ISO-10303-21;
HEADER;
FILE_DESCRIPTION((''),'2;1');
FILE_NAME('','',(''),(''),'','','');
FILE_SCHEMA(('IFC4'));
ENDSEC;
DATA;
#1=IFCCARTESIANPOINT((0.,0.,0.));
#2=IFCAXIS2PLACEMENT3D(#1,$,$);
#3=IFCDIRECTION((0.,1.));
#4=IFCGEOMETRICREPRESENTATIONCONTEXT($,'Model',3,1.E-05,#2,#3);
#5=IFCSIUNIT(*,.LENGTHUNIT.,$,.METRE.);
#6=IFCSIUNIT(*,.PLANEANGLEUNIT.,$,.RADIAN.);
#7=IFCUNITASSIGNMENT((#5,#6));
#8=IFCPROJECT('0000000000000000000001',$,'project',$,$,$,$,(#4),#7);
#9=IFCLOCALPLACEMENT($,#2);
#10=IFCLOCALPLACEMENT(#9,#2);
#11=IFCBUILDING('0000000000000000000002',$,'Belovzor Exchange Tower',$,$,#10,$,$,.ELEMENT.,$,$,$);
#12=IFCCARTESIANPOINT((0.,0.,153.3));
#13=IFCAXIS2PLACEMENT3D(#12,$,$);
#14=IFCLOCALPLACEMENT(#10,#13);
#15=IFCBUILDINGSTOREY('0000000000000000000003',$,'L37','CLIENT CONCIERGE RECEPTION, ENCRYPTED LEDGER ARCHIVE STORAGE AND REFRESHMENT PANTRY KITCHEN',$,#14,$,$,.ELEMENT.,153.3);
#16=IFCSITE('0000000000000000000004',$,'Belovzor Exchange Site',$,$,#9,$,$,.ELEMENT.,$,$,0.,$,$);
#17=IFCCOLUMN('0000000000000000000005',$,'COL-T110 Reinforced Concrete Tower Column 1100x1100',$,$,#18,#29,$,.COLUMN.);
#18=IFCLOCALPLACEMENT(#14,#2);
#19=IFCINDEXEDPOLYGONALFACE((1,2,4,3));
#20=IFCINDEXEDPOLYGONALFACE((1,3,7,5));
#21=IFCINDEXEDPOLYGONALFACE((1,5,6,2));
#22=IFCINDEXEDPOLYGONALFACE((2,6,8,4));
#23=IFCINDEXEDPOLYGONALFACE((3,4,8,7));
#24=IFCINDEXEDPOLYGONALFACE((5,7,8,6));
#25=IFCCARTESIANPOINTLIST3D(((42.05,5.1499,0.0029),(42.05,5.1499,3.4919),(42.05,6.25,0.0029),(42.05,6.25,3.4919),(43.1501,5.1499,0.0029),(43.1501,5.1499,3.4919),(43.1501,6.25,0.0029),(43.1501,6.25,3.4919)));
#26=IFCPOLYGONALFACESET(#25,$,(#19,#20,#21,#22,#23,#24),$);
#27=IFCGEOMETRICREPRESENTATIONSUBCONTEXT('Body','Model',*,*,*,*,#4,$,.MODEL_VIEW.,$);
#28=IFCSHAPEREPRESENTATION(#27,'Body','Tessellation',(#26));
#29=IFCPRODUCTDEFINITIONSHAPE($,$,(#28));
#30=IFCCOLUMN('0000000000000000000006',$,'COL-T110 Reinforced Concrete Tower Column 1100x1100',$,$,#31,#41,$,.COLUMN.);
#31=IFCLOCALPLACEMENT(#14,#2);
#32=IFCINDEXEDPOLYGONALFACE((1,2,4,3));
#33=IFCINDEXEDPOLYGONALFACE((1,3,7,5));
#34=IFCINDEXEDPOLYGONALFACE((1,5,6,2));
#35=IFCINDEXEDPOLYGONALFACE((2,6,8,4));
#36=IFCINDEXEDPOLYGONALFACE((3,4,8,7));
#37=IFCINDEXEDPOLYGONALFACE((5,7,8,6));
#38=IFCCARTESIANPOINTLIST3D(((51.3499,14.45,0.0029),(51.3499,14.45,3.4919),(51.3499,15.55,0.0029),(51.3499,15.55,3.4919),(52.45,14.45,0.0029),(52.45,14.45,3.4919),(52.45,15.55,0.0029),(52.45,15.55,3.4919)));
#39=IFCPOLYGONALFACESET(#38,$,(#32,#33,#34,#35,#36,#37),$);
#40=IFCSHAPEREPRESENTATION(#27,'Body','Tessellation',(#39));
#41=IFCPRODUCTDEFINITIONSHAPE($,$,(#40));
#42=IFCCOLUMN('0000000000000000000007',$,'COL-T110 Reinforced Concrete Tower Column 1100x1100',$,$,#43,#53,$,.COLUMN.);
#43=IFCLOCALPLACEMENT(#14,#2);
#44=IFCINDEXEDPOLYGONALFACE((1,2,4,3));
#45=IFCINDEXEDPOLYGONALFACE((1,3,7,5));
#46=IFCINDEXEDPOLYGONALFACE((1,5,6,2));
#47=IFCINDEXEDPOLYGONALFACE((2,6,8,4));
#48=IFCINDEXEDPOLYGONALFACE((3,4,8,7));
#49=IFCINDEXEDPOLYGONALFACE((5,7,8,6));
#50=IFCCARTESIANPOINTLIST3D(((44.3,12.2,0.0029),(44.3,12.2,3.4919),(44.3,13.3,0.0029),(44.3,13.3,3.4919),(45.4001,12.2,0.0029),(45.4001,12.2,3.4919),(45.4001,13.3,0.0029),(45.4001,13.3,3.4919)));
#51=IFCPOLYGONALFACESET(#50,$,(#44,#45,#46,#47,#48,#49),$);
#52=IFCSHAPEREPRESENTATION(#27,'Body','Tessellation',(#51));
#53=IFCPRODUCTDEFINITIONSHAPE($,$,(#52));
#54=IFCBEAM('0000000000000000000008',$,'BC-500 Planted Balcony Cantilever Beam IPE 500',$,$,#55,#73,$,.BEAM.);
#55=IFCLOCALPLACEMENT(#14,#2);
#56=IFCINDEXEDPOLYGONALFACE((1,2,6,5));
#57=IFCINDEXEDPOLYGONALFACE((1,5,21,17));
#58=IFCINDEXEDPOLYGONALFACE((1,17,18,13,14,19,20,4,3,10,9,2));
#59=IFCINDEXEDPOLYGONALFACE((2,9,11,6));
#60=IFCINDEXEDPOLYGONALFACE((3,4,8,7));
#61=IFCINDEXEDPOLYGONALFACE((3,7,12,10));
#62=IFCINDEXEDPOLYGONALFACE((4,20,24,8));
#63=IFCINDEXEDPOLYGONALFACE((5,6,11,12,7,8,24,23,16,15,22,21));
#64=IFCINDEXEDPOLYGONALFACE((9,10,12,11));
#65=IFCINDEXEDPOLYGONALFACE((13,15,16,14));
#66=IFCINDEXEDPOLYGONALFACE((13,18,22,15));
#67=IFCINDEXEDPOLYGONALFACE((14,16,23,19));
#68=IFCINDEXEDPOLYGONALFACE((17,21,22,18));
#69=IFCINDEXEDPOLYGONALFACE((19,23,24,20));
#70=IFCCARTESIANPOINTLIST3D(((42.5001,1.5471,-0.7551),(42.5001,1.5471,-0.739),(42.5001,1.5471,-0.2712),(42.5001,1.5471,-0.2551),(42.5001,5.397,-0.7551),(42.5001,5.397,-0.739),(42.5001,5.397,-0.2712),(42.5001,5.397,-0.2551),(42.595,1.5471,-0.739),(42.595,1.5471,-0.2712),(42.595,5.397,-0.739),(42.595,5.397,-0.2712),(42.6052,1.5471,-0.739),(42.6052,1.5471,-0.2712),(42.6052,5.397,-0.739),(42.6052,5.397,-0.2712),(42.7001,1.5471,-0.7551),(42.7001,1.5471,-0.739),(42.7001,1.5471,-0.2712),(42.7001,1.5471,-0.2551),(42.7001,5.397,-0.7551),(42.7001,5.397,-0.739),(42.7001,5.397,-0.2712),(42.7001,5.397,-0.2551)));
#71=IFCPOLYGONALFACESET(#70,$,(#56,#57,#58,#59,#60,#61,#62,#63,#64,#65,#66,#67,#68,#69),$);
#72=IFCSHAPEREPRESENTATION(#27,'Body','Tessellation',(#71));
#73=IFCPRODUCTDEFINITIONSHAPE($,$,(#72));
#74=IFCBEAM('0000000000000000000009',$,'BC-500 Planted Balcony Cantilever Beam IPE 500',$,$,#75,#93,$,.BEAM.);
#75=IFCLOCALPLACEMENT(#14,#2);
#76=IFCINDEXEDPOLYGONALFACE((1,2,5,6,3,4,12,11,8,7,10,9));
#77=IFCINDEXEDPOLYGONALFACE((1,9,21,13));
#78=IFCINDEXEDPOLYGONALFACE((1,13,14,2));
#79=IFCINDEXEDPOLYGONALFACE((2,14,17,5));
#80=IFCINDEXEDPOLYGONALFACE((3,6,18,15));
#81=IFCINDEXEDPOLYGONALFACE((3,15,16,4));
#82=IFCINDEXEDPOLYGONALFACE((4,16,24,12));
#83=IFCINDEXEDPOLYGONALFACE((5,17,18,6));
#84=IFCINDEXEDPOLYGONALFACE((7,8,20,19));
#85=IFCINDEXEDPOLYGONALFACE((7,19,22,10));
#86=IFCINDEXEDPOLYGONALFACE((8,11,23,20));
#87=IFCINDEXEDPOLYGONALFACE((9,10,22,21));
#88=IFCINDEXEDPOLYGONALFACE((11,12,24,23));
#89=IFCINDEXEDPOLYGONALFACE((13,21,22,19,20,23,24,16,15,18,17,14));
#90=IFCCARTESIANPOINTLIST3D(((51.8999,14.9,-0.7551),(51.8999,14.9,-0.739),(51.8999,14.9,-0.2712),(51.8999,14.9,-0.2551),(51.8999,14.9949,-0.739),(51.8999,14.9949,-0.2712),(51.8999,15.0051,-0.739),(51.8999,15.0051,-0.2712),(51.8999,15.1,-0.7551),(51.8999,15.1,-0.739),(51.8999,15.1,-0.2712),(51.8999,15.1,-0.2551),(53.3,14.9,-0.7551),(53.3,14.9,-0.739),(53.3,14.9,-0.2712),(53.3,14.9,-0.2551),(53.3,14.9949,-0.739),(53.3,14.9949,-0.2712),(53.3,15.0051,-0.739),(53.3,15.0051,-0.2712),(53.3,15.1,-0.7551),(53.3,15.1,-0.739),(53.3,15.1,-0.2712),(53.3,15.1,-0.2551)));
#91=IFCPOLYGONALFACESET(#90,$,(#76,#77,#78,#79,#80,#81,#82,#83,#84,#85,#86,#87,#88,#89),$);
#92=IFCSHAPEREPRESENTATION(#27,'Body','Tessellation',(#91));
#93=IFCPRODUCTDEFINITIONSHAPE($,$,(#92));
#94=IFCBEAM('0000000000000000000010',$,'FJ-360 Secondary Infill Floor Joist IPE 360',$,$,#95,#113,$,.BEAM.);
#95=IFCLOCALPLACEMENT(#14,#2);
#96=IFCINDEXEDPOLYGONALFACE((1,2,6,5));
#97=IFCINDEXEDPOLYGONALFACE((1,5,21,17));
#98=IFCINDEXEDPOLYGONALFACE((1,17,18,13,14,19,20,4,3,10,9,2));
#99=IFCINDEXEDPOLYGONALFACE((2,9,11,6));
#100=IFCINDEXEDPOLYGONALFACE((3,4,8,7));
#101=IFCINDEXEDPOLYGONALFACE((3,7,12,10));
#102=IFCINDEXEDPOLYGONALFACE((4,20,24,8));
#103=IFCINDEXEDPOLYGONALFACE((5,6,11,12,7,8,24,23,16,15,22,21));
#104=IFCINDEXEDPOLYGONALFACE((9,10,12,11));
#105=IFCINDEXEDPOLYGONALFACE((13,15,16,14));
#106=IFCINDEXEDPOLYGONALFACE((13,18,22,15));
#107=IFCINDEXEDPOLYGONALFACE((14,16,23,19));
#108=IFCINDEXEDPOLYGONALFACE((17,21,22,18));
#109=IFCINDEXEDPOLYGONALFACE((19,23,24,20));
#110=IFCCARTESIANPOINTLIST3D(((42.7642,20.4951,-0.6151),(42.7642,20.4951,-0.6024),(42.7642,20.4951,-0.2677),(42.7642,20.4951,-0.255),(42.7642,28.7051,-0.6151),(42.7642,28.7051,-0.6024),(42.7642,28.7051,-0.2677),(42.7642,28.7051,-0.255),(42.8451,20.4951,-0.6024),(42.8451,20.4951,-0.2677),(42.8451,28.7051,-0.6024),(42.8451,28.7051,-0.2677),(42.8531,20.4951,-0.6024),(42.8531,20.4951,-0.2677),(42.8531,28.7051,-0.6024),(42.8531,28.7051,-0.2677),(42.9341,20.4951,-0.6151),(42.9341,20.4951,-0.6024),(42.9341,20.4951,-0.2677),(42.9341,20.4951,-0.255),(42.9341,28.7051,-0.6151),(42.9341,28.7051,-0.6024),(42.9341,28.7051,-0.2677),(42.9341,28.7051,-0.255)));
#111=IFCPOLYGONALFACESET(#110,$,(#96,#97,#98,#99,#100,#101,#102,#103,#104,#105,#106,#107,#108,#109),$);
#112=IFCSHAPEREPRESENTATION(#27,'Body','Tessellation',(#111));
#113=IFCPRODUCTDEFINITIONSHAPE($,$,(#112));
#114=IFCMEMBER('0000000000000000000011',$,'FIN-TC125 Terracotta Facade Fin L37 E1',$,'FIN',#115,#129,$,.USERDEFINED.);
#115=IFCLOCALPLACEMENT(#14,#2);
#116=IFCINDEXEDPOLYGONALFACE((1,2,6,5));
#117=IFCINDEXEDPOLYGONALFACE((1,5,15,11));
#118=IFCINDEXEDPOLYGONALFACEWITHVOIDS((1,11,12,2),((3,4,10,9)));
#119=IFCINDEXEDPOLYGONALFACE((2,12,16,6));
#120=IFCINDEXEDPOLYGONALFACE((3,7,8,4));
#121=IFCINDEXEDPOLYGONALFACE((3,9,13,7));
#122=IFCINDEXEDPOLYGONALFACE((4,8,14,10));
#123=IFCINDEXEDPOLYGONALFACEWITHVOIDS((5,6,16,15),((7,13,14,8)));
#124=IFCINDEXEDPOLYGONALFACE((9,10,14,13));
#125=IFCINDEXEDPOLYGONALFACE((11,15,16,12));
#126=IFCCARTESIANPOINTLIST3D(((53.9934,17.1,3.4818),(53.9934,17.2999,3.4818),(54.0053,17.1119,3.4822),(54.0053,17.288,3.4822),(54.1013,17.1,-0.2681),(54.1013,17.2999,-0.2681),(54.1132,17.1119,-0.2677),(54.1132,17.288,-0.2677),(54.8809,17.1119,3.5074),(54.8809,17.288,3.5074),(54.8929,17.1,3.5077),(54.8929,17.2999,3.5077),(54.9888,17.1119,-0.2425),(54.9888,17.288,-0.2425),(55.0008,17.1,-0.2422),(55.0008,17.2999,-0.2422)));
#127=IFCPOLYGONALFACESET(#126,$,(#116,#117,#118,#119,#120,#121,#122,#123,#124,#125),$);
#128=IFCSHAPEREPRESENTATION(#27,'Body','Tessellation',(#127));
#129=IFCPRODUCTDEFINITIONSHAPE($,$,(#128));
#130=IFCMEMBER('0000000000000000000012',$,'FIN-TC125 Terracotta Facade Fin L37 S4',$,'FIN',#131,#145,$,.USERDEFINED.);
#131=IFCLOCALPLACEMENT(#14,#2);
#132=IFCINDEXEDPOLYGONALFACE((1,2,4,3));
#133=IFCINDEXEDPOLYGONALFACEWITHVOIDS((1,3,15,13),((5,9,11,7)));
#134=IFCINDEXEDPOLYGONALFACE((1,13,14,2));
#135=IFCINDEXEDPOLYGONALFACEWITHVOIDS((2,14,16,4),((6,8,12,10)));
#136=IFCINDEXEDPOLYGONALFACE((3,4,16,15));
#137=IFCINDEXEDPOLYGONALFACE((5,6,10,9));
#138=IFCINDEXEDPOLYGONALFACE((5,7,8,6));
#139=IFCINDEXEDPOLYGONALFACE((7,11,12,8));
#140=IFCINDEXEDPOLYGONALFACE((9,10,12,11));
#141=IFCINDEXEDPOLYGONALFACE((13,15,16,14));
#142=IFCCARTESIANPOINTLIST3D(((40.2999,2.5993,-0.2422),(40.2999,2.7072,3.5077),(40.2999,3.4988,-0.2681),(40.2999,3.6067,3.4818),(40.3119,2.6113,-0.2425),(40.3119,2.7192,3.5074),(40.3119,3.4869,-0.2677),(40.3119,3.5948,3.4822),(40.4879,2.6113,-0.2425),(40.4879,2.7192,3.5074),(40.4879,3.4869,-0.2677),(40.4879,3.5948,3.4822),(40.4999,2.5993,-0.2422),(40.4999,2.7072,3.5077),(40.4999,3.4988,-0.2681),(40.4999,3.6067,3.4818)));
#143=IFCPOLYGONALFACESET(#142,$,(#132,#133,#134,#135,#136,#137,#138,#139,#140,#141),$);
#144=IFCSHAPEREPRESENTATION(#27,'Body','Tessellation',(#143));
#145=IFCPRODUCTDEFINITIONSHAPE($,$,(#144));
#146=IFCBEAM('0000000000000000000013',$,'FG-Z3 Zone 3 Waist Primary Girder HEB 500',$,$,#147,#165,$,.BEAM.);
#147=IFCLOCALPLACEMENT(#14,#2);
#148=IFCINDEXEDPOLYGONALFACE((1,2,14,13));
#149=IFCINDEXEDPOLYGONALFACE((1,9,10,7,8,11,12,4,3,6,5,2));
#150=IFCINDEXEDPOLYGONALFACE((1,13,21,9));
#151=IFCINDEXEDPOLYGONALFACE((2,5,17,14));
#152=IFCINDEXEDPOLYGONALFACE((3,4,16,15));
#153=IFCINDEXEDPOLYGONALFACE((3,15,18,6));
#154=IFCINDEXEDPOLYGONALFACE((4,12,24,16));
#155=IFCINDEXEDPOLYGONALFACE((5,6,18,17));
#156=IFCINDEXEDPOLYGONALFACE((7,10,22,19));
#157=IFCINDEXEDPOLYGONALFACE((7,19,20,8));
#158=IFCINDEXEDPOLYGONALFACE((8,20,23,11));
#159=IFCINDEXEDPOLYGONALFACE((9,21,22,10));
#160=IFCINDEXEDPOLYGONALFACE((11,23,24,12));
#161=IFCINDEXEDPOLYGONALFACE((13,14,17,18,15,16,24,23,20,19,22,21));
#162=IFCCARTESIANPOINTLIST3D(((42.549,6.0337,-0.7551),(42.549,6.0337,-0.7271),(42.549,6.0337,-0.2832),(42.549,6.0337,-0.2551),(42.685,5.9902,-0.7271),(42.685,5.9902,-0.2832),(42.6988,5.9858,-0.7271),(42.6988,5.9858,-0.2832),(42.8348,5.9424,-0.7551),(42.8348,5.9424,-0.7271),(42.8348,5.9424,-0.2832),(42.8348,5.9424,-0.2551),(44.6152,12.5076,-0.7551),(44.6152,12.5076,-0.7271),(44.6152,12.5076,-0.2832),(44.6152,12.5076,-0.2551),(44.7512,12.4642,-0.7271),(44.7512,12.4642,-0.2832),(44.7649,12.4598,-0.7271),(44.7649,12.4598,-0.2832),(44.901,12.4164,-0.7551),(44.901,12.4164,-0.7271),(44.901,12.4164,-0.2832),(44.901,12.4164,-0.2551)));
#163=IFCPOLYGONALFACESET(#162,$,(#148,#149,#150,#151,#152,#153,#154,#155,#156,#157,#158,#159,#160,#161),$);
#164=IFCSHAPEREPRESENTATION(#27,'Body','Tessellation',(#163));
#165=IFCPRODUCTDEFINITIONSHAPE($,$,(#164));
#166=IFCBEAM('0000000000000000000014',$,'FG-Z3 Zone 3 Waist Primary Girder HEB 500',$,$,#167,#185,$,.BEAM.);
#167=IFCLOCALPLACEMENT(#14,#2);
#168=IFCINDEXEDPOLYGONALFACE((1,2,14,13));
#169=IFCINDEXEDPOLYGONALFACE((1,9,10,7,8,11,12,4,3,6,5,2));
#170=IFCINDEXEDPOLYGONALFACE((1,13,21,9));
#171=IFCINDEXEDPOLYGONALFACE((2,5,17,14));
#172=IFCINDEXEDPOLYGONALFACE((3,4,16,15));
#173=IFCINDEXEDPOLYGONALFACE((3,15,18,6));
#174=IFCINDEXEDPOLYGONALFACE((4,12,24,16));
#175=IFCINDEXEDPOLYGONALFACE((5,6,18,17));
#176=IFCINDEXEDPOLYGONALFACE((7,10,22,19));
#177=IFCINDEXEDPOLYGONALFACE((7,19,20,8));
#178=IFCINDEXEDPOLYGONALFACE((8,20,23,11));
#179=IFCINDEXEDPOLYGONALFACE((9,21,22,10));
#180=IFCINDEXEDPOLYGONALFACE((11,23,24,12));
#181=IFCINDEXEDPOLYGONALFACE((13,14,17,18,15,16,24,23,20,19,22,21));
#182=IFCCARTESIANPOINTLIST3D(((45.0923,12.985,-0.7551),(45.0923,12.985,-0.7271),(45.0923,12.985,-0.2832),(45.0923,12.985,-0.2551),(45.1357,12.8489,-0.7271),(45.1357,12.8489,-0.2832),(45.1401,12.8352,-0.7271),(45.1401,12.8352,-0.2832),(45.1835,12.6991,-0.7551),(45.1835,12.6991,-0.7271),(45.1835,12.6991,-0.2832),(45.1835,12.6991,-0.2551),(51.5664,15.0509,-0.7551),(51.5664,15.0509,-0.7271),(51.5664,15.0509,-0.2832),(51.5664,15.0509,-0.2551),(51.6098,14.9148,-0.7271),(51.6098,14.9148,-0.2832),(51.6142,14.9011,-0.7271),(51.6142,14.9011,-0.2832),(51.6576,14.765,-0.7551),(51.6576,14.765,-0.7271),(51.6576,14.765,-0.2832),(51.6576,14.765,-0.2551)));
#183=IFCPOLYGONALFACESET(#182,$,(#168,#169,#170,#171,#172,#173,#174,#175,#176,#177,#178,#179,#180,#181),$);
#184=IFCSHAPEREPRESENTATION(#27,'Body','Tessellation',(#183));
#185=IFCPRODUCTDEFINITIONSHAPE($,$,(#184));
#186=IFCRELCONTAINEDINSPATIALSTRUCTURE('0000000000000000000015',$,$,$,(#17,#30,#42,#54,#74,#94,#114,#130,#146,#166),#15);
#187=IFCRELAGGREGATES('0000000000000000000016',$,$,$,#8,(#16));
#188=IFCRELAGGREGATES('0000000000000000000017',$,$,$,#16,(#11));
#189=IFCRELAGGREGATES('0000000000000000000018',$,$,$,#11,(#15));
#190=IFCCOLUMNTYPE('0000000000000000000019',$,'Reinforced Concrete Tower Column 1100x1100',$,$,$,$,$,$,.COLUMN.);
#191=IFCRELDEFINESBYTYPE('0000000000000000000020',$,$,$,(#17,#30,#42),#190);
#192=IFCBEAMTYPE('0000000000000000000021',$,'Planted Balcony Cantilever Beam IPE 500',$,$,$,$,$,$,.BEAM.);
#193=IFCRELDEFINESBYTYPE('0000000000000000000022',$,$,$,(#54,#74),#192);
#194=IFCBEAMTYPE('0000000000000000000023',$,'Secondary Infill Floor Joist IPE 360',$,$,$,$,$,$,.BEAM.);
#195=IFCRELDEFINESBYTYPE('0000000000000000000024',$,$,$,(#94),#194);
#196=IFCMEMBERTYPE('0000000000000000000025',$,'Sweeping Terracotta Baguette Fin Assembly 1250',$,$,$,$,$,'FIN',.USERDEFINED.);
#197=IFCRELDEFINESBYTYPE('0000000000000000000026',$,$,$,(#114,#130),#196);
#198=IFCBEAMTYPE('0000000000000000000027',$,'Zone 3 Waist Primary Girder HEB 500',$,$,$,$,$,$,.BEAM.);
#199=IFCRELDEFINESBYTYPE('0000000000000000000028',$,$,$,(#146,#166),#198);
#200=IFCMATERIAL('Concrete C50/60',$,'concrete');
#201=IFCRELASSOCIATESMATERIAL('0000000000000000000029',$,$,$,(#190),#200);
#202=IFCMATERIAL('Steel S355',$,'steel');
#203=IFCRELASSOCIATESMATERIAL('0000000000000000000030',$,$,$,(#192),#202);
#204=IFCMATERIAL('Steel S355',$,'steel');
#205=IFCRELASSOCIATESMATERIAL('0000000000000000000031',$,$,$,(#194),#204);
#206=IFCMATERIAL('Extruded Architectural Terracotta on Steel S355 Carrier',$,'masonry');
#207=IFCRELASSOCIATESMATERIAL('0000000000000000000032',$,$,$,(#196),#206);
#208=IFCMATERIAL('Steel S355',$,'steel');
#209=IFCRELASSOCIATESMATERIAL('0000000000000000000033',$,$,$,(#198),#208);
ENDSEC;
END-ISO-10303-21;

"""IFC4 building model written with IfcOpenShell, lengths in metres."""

from ifc_helpers import new_model, si_unit, direction, frame, origin, origin_2d, place, context, subcontext, project, spatial, rectangle, hollow_rectangle, i_section, extrude, material, material_profile, profile_set, type_object, element, save


model = new_model("IFC4")

# Units and contexts
model_context = context("Model", 3, precision=1e-05, world=origin(), true_north=direction((0.0, 1.0)))
body_context = subcontext(model_context, "Body", "Model", "MODEL_VIEW")
ifc_project = project(units=[si_unit("LENGTHUNIT", "METRE"), si_unit("PLANEANGLEUNIT", "RADIAN")], contexts=[model_context])

# Site, building, storey
site_placement = place(None, origin())
site = spatial("IfcSite", under=ifc_project, at=site_placement, Name="Belovzor Exchange Site", CompositionType="ELEMENT", RefElevation=0.0)
building_placement = place(site_placement, origin())
building = spatial("IfcBuilding", under=site, at=building_placement, Name="Belovzor Exchange Tower", CompositionType="ELEMENT")
storey_placement = place(building_placement, frame((0.0, 0.0, 153.3)))
storey = spatial("IfcBuildingStorey", under=building, at=storey_placement, Name="L37", Description="CLIENT CONCIERGE RECEPTION, ENCRYPTED LEDGER ARCHIVE STORAGE AND REFRESHMENT PANTRY KITCHEN", CompositionType="ELEMENT", Elevation=153.3)

# Columns
ifc_material_1 = material(Name="Concrete C50/60", Category="concrete")
ifc_material_profile_1 = material_profile(ifc_material_1, rectangle(XDim=1.1001, YDim=1.1001, at=origin_2d()))
ifc_profile_set_1 = profile_set([ifc_material_profile_1], Name="Concrete C50/60")
column_type = type_object("IfcColumnType", Name="Reinforced Concrete Tower Column 1100x1100", PredefinedType="COLUMN", material=ifc_profile_set_1)
for number, where, z_axis, x_axis, name in (
    (1, (42.6001, 5.7, 0.0029), (0.0, 0.0, 1.0), (1.0, 0.0, 0.0), "COL-T110 Reinforced Concrete Tower Column 1100x1100"),
    (2, (51.8999, 15.0, 0.0029), (0.0, 0.0, 1.0), (1.0, 0.0, 0.0), "COL-T110 Reinforced Concrete Tower Column 1100x1100"),
    (3, (44.8501, 12.75, 0.0029), (0.0, 0.0, 1.0), (1.0, 0.0, 0.0), "COL-T110 Reinforced Concrete Tower Column 1100x1100"),
):
    element("IfcColumn", number, at=place(storey_placement, frame(where, z_axis=z_axis, x_axis=x_axis)), inside=storey, type_object=column_type, Name=name, PredefinedType="COLUMN", context=body_context, shape_type="SweptSolid", body=[
        extrude(rectangle(XDim=1.1001, YDim=1.1001, at=origin_2d()), origin(), (0.0, 0.0, 1.0), 3.489),
    ])

# Beams
ifc_material_2 = material(Name="Steel S355", Category="steel")
ifc_material_profile_2 = material_profile(ifc_material_2, i_section(OverallWidth=0.2, OverallDepth=0.5, WebThickness=0.0103, FlangeThickness=0.0161, at=origin_2d()))
ifc_profile_set_2 = profile_set([ifc_material_profile_2], Name="Steel S355")
beam_type_1 = type_object("IfcBeamType", Name="Planted Balcony Cantilever Beam IPE 500", PredefinedType="BEAM", material=ifc_profile_set_2)
beam_1_placement = place(storey_placement, frame((42.6001, 5.397, -0.5051), z_axis=(0.0, -1.0, 0.0), x_axis=(1.0, 0.0, 0.0)))
element("IfcBeam", 4, at=beam_1_placement, inside=storey, type_object=beam_type_1, Name="BC-500 Planted Balcony Cantilever Beam IPE 500", PredefinedType="BEAM", context=body_context, shape_type="SweptSolid", body=[
    extrude(i_section(OverallWidth=0.2, OverallDepth=0.5, WebThickness=0.0103, FlangeThickness=0.0161, at=origin_2d()), origin(), (0.0, 0.0, 1.0), 3.8499),
])
beam_2_placement = place(storey_placement, frame((51.8999, 15.0, -0.5051), z_axis=(1.0, 0.0, 0.0), x_axis=(0.0, 1.0, 0.0)))
element("IfcBeam", 5, at=beam_2_placement, inside=storey, type_object=beam_type_1, Name="BC-500 Planted Balcony Cantilever Beam IPE 500", PredefinedType="BEAM", context=body_context, shape_type="SweptSolid", body=[
    extrude(i_section(OverallWidth=0.2, OverallDepth=0.5, WebThickness=0.0103, FlangeThickness=0.0161, at=origin_2d()), origin(), (0.0, 0.0, 1.0), 1.4001),
])
ifc_material_3 = material(Name="Steel S355", Category="steel")
ifc_material_profile_3 = material_profile(ifc_material_3, i_section(OverallWidth=0.1699, OverallDepth=0.3601, WebThickness=0.0081, FlangeThickness=0.0127, at=origin_2d()))
ifc_profile_set_3 = profile_set([ifc_material_profile_3], Name="Steel S355")
beam_type_2 = type_object("IfcBeamType", Name="Secondary Infill Floor Joist IPE 360", PredefinedType="BEAM", material=ifc_profile_set_3)
beam_3_placement = place(storey_placement, frame((42.8491, 20.4951, -0.4351), z_axis=(0.0, 1.0, 0.0), x_axis=(-1.0, 0.0, 0.0)))
element("IfcBeam", 6, at=beam_3_placement, inside=storey, type_object=beam_type_2, Name="FJ-360 Secondary Infill Floor Joist IPE 360", PredefinedType="BEAM", context=body_context, shape_type="SweptSolid", body=[
    extrude(i_section(OverallWidth=0.1699, OverallDepth=0.3601, WebThickness=0.0081, FlangeThickness=0.0127, at=origin_2d()), origin(), (0.0, 0.0, 1.0), 8.21),
])

# Members
ifc_material_4 = material(Name="Extruded Architectural Terracotta on Steel S355 Carrier", Category="masonry")
ifc_material_profile_4 = material_profile(ifc_material_4, hollow_rectangle(XDim=0.2, YDim=0.8999, WallThickness=0.012, at=origin_2d()))
ifc_profile_set_4 = profile_set([ifc_material_profile_4], Name="Extruded Architectural Terracotta on Steel S355 Carrier")
member_type = type_object("IfcMemberType", Name="Sweeping Terracotta Baguette Fin Assembly 1250", ElementType="FIN", PredefinedType="USERDEFINED", material=ifc_profile_set_4)
for number, where, z_axis, x_axis, name in (
    (7, (54.551, 17.2, -0.2551), (-0.028764, 0.0, 0.999586), (0.0, -1.0, 0.0), "FIN-TC125 Terracotta Facade Fin L37 E1"),
    (8, (40.3999, 3.0491, -0.2551), (0.0, 0.028764, 0.999586), (-1.0, 0.0, 0.0), "FIN-TC125 Terracotta Facade Fin L37 S4"),
):
    element("IfcMember", number, at=place(storey_placement, frame(where, z_axis=z_axis, x_axis=x_axis)), inside=storey, type_object=member_type, Name=name, ObjectType="FIN", PredefinedType="USERDEFINED", context=body_context, shape_type="SweptSolid", body=[
        extrude(hollow_rectangle(XDim=0.2, YDim=0.8999, WallThickness=0.012, at=origin_2d()), origin(), (0.0, 0.0, 1.0), 3.7515),
    ])

# Beams
ifc_material_5 = material(Name="Steel S355", Category="steel")
ifc_material_profile_5 = material_profile(ifc_material_5, i_section(OverallWidth=0.3, OverallDepth=0.5, WebThickness=0.0144, FlangeThickness=0.0281, at=origin_2d()))
ifc_profile_set_5 = profile_set([ifc_material_profile_5], Name="Steel S355")
beam_type_3 = type_object("IfcBeamType", Name="Zone 3 Waist Primary Girder HEB 500", PredefinedType="BEAM", material=ifc_profile_set_5)
for number, where, z_axis, x_axis, name in (
    (9, (42.6919, 5.988, -0.5051), (0.304044, 0.952658, 0.0), (-0.952658, 0.304044, 0.0), "FG-Z3 Zone 3 Waist Primary Girder HEB 500"),
    (10, (45.1379, 12.842, -0.5051), (0.952672, 0.304001, 0.0), (-0.304001, 0.952672, 0.0), "FG-Z3 Zone 3 Waist Primary Girder HEB 500"),
):
    element("IfcBeam", number, at=place(storey_placement, frame(where, z_axis=z_axis, x_axis=x_axis)), inside=storey, type_object=beam_type_3, Name=name, PredefinedType="BEAM", context=body_context, shape_type="SweptSolid", body=[
        extrude(i_section(OverallWidth=0.3, OverallDepth=0.5, WebThickness=0.0144, FlangeThickness=0.0281, at=origin_2d()), origin(), (0.0, 0.0, 1.0), 6.7957),
    ])

save(model, "model.ifc")
